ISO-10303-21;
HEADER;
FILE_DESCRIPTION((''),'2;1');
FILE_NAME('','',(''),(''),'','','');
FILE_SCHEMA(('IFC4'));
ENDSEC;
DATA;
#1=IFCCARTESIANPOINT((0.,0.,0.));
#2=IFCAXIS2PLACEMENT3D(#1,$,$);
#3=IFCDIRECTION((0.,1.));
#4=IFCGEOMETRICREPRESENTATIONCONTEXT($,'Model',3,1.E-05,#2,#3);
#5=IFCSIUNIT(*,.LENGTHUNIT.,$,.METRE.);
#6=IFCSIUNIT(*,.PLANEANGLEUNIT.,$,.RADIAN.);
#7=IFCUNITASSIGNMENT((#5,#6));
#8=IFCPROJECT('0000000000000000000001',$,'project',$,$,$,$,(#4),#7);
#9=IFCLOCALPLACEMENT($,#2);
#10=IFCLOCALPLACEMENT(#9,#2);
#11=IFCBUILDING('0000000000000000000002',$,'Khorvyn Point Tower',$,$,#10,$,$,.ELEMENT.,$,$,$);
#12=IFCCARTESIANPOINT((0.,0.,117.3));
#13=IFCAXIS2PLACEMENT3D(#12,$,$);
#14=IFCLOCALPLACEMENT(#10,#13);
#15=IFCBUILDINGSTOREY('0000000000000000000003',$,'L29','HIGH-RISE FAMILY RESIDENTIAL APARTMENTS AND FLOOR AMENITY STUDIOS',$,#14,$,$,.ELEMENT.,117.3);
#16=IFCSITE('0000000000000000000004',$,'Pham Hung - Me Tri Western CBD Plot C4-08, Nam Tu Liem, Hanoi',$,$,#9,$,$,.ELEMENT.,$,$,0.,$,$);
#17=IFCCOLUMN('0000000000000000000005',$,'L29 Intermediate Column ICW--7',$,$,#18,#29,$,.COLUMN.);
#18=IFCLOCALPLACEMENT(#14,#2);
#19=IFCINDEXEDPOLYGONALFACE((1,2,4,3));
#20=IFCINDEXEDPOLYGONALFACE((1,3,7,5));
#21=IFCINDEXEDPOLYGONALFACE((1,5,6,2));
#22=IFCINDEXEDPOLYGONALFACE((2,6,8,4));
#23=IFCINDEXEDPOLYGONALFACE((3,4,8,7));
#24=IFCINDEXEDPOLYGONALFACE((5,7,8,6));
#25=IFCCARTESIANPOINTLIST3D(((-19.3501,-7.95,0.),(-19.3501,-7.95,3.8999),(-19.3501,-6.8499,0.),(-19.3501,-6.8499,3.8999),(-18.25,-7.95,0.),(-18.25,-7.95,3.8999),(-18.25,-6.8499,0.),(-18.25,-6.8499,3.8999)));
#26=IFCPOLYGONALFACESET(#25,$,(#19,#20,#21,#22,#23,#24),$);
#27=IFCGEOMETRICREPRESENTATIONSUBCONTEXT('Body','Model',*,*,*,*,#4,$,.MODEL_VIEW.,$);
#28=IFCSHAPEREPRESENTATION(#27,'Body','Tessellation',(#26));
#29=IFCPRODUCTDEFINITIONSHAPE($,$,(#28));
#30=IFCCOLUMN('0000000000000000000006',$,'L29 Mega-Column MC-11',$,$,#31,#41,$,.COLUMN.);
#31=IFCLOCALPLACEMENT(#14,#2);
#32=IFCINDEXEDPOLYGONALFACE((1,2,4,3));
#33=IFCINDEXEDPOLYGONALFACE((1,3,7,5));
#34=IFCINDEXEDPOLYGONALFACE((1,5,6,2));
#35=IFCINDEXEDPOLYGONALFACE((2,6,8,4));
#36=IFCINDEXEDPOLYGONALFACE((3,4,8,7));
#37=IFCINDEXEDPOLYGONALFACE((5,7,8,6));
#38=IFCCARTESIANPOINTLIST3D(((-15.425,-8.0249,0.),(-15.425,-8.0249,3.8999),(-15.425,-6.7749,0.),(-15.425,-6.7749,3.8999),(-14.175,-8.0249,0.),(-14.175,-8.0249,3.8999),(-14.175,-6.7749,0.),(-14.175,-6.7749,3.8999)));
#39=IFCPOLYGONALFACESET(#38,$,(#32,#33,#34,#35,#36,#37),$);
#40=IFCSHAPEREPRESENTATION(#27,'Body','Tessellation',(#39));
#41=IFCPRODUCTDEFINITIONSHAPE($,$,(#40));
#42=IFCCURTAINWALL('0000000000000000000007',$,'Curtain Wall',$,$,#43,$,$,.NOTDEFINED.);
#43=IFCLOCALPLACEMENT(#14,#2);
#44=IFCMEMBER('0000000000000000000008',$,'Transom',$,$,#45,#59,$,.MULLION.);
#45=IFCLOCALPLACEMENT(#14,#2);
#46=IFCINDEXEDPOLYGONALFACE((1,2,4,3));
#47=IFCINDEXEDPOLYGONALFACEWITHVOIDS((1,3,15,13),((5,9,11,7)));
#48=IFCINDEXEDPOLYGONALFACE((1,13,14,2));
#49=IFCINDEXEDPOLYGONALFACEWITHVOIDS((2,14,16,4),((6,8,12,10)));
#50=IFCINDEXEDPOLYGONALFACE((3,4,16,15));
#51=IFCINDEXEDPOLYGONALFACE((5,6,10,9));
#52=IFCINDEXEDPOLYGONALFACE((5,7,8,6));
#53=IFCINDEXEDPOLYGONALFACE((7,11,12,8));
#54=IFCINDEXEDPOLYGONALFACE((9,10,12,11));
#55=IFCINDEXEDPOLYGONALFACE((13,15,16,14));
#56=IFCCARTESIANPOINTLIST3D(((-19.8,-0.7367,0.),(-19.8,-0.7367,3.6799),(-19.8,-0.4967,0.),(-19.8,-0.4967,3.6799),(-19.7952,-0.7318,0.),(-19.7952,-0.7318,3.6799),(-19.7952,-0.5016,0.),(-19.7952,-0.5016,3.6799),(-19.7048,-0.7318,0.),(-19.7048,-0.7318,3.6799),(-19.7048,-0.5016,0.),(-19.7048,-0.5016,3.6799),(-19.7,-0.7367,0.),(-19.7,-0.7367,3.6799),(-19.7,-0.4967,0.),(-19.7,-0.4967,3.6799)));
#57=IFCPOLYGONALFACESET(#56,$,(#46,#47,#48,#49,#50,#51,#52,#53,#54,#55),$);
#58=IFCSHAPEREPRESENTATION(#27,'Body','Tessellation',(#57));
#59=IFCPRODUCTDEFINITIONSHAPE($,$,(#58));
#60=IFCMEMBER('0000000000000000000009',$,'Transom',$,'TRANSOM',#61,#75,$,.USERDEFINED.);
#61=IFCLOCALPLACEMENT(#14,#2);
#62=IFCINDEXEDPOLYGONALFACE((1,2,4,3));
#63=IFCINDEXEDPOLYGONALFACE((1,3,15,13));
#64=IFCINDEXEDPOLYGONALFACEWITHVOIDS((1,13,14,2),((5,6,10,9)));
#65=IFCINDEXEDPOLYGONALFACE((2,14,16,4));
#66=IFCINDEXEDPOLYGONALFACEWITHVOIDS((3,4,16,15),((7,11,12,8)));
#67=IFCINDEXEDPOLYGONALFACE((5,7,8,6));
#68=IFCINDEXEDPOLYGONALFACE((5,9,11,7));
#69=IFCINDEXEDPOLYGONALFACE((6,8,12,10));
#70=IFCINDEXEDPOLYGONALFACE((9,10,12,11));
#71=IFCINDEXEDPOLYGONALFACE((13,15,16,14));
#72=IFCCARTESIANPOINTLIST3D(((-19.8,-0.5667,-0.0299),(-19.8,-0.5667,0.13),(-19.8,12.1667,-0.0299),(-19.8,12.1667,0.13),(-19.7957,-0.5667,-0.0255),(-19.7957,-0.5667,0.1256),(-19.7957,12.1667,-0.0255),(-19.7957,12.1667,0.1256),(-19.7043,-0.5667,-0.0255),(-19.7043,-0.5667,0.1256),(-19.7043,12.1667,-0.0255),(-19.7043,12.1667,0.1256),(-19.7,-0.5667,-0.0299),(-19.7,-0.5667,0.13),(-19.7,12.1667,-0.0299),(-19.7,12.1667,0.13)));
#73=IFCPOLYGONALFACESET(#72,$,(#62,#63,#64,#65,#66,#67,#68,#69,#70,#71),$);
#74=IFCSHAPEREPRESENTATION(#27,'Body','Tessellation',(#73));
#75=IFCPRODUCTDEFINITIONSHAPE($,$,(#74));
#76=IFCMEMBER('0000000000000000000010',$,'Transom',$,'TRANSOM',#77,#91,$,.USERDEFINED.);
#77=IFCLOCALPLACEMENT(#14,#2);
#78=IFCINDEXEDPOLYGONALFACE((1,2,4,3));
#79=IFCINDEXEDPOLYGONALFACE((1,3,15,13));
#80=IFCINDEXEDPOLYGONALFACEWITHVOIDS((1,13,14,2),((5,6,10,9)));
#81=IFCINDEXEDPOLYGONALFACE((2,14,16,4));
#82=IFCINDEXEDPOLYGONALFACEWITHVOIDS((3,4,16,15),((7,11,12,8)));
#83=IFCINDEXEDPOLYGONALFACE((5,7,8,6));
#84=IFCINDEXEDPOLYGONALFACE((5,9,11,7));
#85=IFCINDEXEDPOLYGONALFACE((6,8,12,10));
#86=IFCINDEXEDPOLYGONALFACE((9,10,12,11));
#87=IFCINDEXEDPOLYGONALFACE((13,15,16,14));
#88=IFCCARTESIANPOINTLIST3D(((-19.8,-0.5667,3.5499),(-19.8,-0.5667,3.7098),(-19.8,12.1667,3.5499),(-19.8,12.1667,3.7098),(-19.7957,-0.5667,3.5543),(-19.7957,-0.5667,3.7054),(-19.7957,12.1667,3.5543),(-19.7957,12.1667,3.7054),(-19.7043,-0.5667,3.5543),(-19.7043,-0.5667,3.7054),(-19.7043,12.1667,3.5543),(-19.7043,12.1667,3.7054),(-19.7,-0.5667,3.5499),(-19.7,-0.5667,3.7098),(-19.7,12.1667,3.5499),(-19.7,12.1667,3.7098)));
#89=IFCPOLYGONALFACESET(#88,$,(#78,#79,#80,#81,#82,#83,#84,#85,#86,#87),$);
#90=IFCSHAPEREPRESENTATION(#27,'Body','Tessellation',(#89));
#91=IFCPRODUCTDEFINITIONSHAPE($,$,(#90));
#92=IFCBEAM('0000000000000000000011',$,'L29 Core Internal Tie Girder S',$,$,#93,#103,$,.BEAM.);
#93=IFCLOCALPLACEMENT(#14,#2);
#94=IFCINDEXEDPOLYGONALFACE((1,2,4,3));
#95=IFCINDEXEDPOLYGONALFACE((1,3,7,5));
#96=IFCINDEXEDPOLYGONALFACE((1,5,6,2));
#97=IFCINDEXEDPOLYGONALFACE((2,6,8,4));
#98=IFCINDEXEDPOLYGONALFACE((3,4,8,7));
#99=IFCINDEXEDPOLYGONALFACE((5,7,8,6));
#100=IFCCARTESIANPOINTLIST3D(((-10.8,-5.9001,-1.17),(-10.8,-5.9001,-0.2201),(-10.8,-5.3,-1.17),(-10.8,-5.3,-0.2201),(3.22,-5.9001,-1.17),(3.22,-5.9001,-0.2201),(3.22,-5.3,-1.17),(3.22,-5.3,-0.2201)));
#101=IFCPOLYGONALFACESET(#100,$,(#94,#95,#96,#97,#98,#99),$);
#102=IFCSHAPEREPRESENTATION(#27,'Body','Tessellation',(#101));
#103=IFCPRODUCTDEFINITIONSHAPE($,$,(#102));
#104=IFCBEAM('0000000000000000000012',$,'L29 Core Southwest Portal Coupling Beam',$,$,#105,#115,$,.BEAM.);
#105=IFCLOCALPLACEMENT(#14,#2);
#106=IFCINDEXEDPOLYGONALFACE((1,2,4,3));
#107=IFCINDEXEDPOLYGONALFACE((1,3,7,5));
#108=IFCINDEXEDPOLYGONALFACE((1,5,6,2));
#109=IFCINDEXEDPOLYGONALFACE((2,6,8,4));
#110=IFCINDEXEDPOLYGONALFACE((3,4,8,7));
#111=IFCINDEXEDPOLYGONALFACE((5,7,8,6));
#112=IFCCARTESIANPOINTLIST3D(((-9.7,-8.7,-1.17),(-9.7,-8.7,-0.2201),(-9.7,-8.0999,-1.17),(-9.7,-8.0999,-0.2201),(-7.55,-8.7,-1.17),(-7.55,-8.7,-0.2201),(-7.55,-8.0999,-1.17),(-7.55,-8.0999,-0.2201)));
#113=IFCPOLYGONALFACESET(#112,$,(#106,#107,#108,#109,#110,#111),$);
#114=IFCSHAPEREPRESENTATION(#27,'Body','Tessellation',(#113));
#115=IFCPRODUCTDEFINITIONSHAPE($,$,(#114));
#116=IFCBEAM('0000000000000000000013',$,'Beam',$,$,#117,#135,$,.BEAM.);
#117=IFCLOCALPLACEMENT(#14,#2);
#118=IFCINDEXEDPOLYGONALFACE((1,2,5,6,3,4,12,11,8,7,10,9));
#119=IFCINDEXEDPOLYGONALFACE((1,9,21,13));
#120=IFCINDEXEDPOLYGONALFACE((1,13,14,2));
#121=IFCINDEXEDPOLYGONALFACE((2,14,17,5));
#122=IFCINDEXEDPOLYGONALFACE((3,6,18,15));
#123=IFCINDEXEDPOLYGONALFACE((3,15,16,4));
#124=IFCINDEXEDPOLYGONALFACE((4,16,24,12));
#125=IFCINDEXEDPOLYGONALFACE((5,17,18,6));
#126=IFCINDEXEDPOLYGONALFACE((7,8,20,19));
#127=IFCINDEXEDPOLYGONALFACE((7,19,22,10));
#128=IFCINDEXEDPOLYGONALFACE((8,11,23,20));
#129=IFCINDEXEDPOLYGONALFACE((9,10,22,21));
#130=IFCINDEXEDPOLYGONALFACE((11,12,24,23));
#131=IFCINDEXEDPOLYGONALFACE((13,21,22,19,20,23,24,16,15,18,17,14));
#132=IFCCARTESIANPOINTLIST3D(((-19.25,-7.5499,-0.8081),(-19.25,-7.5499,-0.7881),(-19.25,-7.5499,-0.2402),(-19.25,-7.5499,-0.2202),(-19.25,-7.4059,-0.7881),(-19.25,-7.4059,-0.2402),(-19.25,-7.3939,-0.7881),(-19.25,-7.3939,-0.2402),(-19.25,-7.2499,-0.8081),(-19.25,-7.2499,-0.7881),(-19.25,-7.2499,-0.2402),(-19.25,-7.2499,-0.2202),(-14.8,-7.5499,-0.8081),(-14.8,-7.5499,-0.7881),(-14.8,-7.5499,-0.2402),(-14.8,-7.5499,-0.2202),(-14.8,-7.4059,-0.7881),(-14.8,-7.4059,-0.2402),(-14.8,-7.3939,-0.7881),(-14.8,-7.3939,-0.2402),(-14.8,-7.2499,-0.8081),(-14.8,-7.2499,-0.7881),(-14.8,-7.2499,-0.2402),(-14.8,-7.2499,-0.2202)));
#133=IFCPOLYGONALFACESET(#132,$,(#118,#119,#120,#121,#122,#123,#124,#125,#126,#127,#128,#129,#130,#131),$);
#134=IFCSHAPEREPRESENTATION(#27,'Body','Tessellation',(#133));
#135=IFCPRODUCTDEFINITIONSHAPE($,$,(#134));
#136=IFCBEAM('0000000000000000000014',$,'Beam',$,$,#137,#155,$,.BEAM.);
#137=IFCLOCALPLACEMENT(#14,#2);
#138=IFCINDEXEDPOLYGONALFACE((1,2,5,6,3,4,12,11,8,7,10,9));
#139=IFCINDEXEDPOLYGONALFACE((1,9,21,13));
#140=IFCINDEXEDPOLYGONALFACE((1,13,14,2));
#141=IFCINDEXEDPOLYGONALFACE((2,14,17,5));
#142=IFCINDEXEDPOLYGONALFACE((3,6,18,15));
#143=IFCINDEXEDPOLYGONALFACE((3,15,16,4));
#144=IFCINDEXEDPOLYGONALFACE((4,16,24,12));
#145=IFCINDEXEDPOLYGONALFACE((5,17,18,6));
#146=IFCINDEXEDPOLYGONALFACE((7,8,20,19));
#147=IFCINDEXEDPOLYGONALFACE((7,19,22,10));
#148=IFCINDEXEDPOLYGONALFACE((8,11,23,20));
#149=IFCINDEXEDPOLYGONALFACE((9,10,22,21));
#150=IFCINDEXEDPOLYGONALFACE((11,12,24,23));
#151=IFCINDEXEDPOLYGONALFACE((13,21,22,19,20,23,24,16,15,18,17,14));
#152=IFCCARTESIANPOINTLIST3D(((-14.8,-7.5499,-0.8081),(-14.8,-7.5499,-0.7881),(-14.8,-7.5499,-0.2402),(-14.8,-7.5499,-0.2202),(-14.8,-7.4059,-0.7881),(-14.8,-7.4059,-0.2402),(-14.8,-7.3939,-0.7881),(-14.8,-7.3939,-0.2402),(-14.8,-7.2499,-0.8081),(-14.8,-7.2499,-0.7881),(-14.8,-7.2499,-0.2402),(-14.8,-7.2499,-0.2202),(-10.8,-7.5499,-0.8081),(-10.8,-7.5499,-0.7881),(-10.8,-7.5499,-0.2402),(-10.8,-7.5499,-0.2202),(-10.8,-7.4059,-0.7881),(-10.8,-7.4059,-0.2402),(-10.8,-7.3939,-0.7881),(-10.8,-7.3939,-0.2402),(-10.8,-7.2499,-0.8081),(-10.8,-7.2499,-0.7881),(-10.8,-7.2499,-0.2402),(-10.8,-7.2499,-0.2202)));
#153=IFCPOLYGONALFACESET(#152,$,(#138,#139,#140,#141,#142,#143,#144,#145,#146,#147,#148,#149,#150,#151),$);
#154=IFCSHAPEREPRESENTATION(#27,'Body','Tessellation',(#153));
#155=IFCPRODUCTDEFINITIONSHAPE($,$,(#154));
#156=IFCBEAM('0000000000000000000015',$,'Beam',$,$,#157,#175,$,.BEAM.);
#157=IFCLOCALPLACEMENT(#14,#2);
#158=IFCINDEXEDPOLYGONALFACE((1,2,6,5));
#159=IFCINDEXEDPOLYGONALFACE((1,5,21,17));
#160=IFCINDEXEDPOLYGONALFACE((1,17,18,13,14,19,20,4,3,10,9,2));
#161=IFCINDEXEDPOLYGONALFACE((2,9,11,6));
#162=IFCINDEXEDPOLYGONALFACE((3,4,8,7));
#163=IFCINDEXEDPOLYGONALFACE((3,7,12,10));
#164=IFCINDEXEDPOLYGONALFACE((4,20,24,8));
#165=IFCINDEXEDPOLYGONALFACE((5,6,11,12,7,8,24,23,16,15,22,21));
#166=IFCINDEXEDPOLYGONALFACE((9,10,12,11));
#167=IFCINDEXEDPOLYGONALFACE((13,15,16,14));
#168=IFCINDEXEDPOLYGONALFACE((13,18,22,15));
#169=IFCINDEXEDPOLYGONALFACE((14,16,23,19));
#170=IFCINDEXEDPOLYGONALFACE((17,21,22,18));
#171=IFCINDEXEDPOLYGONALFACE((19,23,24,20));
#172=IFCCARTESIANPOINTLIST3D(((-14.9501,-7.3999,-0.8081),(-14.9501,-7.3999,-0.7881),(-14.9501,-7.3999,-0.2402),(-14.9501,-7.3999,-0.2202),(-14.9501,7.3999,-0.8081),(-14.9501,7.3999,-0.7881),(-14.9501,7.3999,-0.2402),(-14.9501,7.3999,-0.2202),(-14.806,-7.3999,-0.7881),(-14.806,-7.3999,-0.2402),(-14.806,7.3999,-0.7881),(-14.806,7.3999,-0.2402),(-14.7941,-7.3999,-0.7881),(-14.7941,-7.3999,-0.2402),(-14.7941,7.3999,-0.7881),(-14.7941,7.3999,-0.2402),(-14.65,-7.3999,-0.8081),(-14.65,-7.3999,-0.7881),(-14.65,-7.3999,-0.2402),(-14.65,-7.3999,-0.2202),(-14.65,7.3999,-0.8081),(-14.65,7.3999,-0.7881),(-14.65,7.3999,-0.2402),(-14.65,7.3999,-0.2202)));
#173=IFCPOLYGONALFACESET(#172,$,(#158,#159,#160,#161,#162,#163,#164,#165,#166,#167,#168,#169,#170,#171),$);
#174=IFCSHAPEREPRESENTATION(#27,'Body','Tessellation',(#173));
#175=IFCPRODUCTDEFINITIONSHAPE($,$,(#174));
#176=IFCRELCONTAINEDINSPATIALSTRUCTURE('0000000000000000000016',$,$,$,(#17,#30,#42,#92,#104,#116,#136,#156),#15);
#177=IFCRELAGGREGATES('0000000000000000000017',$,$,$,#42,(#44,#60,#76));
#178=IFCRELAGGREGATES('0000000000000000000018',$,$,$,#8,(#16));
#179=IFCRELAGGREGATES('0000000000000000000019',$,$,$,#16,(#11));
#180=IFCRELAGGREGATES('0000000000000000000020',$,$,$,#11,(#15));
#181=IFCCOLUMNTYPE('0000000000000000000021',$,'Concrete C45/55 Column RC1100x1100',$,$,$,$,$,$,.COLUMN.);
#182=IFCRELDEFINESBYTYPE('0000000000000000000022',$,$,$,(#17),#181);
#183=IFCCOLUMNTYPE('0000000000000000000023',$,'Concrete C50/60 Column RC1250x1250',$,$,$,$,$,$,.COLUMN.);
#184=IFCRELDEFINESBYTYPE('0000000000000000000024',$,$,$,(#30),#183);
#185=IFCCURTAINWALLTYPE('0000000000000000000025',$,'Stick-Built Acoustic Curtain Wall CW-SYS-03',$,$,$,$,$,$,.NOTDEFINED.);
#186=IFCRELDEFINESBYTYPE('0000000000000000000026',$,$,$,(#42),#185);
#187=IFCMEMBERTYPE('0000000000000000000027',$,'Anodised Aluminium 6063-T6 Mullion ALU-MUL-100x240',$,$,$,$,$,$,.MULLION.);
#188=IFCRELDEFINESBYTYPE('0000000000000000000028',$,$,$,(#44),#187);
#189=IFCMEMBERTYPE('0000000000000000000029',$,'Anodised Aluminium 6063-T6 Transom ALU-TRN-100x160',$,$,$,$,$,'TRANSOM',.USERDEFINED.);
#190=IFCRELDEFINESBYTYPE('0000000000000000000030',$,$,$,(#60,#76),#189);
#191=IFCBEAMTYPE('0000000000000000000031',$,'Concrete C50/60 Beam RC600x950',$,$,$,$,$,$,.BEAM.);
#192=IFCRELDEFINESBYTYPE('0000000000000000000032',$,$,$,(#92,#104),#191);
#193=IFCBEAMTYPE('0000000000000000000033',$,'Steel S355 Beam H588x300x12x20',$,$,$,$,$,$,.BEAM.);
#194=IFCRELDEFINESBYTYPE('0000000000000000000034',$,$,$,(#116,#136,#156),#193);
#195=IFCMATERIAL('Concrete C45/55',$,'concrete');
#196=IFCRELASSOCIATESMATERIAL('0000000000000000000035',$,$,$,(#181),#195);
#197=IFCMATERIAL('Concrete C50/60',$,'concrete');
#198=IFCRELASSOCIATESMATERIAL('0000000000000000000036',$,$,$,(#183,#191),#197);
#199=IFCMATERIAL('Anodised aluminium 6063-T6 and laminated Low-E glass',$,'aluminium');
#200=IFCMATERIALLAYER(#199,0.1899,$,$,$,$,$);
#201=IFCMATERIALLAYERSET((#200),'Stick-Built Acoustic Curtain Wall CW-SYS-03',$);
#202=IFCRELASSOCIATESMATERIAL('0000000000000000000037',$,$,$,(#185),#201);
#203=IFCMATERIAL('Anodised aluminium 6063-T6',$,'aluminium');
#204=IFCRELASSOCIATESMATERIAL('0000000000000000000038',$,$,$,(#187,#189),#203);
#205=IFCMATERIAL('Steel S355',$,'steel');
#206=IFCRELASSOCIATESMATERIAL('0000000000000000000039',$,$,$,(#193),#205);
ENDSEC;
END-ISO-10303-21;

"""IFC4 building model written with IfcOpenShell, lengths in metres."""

from ifc_helpers import new_model, si_unit, direction, frame, origin, origin_2d, place, context, subcontext, project, spatial, rectangle, hollow_rectangle, i_section, extrude, material, layer, layer_set, material_profile, profile_set, type_object, element, aggregate, save


model = new_model("IFC4")

# Units and contexts
model_context = context("Model", 3, precision=1e-05, world=origin(), true_north=direction((0.0, 1.0)))
body_context = subcontext(model_context, "Body", "Model", "MODEL_VIEW")
ifc_project = project(units=[si_unit("LENGTHUNIT", "METRE"), si_unit("PLANEANGLEUNIT", "RADIAN")], contexts=[model_context])

# Site, building, storey
site_placement = place(None, origin())
site = spatial("IfcSite", under=ifc_project, at=site_placement, Name="Pham Hung - Me Tri Western CBD Plot C4-08, Nam Tu Liem, Hanoi", CompositionType="ELEMENT", RefElevation=0.0)
building_placement = place(site_placement, origin())
building = spatial("IfcBuilding", under=site, at=building_placement, Name="Khorvyn Point Tower", CompositionType="ELEMENT")
storey_placement = place(building_placement, frame((0.0, 0.0, 117.3)))
storey = spatial("IfcBuildingStorey", under=building, at=storey_placement, Name="L29", Description="HIGH-RISE FAMILY RESIDENTIAL APARTMENTS AND FLOOR AMENITY STUDIOS", CompositionType="ELEMENT", Elevation=117.3)

# Columns
ifc_material_1 = material(Name="Concrete C45/55", Category="concrete")
ifc_material_profile_1 = material_profile(ifc_material_1, rectangle(XDim=1.1001, YDim=1.1001, at=origin_2d()))
ifc_profile_set_1 = profile_set([ifc_material_profile_1], Name="Concrete C45/55 RC1100x1100")
column_type_1 = type_object("IfcColumnType", Name="Concrete C45/55 Column RC1100x1100", PredefinedType="COLUMN", material=ifc_profile_set_1)
column_1_placement = place(storey_placement, frame((-18.8, -7.3999, 0.0), z_axis=(0.0, 0.0, 1.0), x_axis=(1.0, 0.0, 0.0)))
element("IfcColumn", 1, at=column_1_placement, inside=storey, type_object=column_type_1, Name="L29 Intermediate Column ICW--7", PredefinedType="COLUMN", context=body_context, shape_type="SweptSolid", body=[
    extrude(rectangle(XDim=1.1001, YDim=1.1001, at=origin_2d()), origin(), (0.0, 0.0, 1.0), 3.8999),
])
ifc_material_2 = material(Name="Concrete C50/60", Category="concrete")
ifc_material_profile_2 = material_profile(ifc_material_2, rectangle(XDim=1.25, YDim=1.25, at=origin_2d()))
ifc_profile_set_2 = profile_set([ifc_material_profile_2], Name="Concrete C50/60 RC1250x1250")
column_type_2 = type_object("IfcColumnType", Name="Concrete C50/60 Column RC1250x1250", PredefinedType="COLUMN", material=ifc_profile_set_2)
column_2_placement = place(storey_placement, frame((-14.8, -7.3999, 0.0), z_axis=(0.0, 0.0, 1.0), x_axis=(1.0, 0.0, 0.0)))
element("IfcColumn", 2, at=column_2_placement, inside=storey, type_object=column_type_2, Name="L29 Mega-Column MC-11", PredefinedType="COLUMN", context=body_context, shape_type="SweptSolid", body=[
    extrude(rectangle(XDim=1.25, YDim=1.25, at=origin_2d()), origin(), (0.0, 0.0, 1.0), 3.8999),
])

# Curtain wall, members
ifc_material_3 = material(Name="Anodised aluminium 6063-T6 and laminated Low-E glass", Category="aluminium")
ifc_layer_1 = layer(ifc_material_3, 0.1899)
ifc_layer_set_1 = layer_set([ifc_layer_1], Name="Stick-Built Acoustic Curtain Wall CW-SYS-03")
curtain_wall_type = type_object("IfcCurtainWallType", Name="Stick-Built Acoustic Curtain Wall CW-SYS-03", PredefinedType="NOTDEFINED", material=ifc_layer_set_1)
curtain_wall_placement = place(storey_placement, origin())
curtain_wall = element("IfcCurtainWall", 3, at=curtain_wall_placement, inside=storey, type_object=curtain_wall_type, Name="Curtain Wall", PredefinedType="NOTDEFINED")
ifc_material_4 = material(Name="Anodised aluminium 6063-T6", Category="aluminium")
ifc_material_profile_3 = material_profile(ifc_material_4, hollow_rectangle(XDim=0.1001, YDim=0.24, WallThickness=0.0049, at=origin_2d()))
ifc_profile_set_3 = profile_set([ifc_material_profile_3], Name="Anodised aluminium 6063-T6 ALU-MUL-100x240")
member_type_1 = type_object("IfcMemberType", Name="Anodised Aluminium 6063-T6 Mullion ALU-MUL-100x240", PredefinedType="MULLION", material=ifc_profile_set_3)
member_1_placement = place(storey_placement, frame((-19.75, -0.6167, 0.0), z_axis=(0.0, 0.0, 1.0), x_axis=(-1.0, 0.0, 0.0)))
member_1 = element("IfcMember", 4, at=member_1_placement, type_object=member_type_1, Name="Transom", PredefinedType="MULLION", context=body_context, shape_type="SweptSolid", body=[
    extrude(hollow_rectangle(XDim=0.1001, YDim=0.24, WallThickness=0.0049, at=origin_2d()), origin(), (0.0, 0.0, 1.0), 3.6799),
])
ifc_material_profile_4 = material_profile(ifc_material_4, hollow_rectangle(XDim=0.1001, YDim=0.1599, WallThickness=0.0044, at=origin_2d()))
ifc_profile_set_4 = profile_set([ifc_material_profile_4], Name="Anodised aluminium 6063-T6 ALU-TRN-100x160")
member_type_2 = type_object("IfcMemberType", Name="Anodised Aluminium 6063-T6 Transom ALU-TRN-100x160", ElementType="TRANSOM", PredefinedType="USERDEFINED", material=ifc_profile_set_4)
member_2_placement = place(storey_placement, frame((-19.75, -0.5667, 0.05), z_axis=(0.0, 1.0, 0.0), x_axis=(-1.0, 0.0, 0.0)))
member_2 = element("IfcMember", 5, at=member_2_placement, type_object=member_type_2, Name="Transom", ObjectType="TRANSOM", PredefinedType="USERDEFINED", context=body_context, shape_type="SweptSolid", body=[
    extrude(hollow_rectangle(XDim=0.1001, YDim=0.1599, WallThickness=0.0044, at=origin_2d()), origin(), (0.0, 0.0, 1.0), 12.7334),
])
member_3_placement = place(storey_placement, frame((-19.75, -0.5667, 3.6299), z_axis=(0.0, 1.0, 0.0), x_axis=(-1.0, 0.0, 0.0)))
member_3 = element("IfcMember", 6, at=member_3_placement, type_object=member_type_2, Name="Transom", ObjectType="TRANSOM", PredefinedType="USERDEFINED", context=body_context, shape_type="SweptSolid", body=[
    extrude(hollow_rectangle(XDim=0.1001, YDim=0.1599, WallThickness=0.0044, at=origin_2d()), origin(), (0.0, 0.0, 1.0), 12.7334),
])

# Beams
ifc_material_profile_5 = material_profile(ifc_material_2, rectangle(XDim=0.6001, YDim=0.95, at=origin_2d()))
ifc_profile_set_5 = profile_set([ifc_material_profile_5], Name="Concrete C50/60 RC600x950")
beam_type_1 = type_object("IfcBeamType", Name="Concrete C50/60 Beam RC600x950", PredefinedType="BEAM", material=ifc_profile_set_5)
beam_1_placement = place(storey_placement, frame((-10.8, -5.6001, -0.6951), z_axis=(1.0, 0.0, 0.0), x_axis=(0.0, 1.0, 0.0)))
element("IfcBeam", 7, at=beam_1_placement, inside=storey, type_object=beam_type_1, Name="L29 Core Internal Tie Girder S", PredefinedType="BEAM", context=body_context, shape_type="SweptSolid", body=[
    extrude(rectangle(XDim=0.6001, YDim=0.95, at=origin_2d()), origin(), (0.0, 0.0, 1.0), 14.02),
])
beam_2_placement = place(storey_placement, frame((-9.7, -8.3999, -0.6951), z_axis=(1.0, 0.0, 0.0), x_axis=(0.0, 1.0, 0.0)))
element("IfcBeam", 8, at=beam_2_placement, inside=storey, type_object=beam_type_1, Name="L29 Core Southwest Portal Coupling Beam", PredefinedType="BEAM", context=body_context, shape_type="SweptSolid", body=[
    extrude(rectangle(XDim=0.6001, YDim=0.95, at=origin_2d()), origin(), (0.0, 0.0, 1.0), 2.1499),
])
ifc_material_5 = material(Name="Steel S355", Category="steel")
ifc_material_profile_6 = material_profile(ifc_material_5, i_section(OverallWidth=0.3, OverallDepth=0.5879, WebThickness=0.012, FlangeThickness=0.02, at=origin_2d()))
ifc_profile_set_6 = profile_set([ifc_material_profile_6], Name="Steel S355 H588x300x12x20")
beam_type_2 = type_object("IfcBeamType", Name="Steel S355 Beam H588x300x12x20", PredefinedType="BEAM", material=ifc_profile_set_6)
beam_3_placement = place(storey_placement, frame((-19.25, -7.3999, -0.5142), z_axis=(1.0, 0.0, 0.0), x_axis=(0.0, 1.0, 0.0)))
element("IfcBeam", 9, at=beam_3_placement, inside=storey, type_object=beam_type_2, Name="Beam", PredefinedType="BEAM", context=body_context, shape_type="SweptSolid", body=[
    extrude(i_section(OverallWidth=0.3, OverallDepth=0.5879, WebThickness=0.012, FlangeThickness=0.02, at=origin_2d()), origin(), (0.0, 0.0, 1.0), 4.45),
])
beam_4_placement = place(storey_placement, frame((-14.8, -7.3999, -0.5142), z_axis=(1.0, 0.0, 0.0), x_axis=(0.0, 1.0, 0.0)))
element("IfcBeam", 10, at=beam_4_placement, inside=storey, type_object=beam_type_2, Name="Beam", PredefinedType="BEAM", context=body_context, shape_type="SweptSolid", body=[
    extrude(i_section(OverallWidth=0.3, OverallDepth=0.5879, WebThickness=0.012, FlangeThickness=0.02, at=origin_2d()), origin(), (0.0, 0.0, 1.0), 4.0),
])
for number, where, z_axis, x_axis, name in (
    (11, (-14.8, -7.3999, -0.5142), (0.0, 1.0, 0.0), (-1.0, 0.0, 0.0), "Beam"),
):
    element("IfcBeam", number, at=place(storey_placement, frame(where, z_axis=z_axis, x_axis=x_axis)), inside=storey, type_object=beam_type_2, Name=name, PredefinedType="BEAM", context=body_context, shape_type="SweptSolid", body=[
        extrude(i_section(OverallWidth=0.3, OverallDepth=0.5879, WebThickness=0.012, FlangeThickness=0.02, at=origin_2d()), origin(), (0.0, 0.0, 1.0), 14.7998),
    ])

aggregate(curtain_wall, [member_1, member_2, member_3])

save(model, "model.ifc")
